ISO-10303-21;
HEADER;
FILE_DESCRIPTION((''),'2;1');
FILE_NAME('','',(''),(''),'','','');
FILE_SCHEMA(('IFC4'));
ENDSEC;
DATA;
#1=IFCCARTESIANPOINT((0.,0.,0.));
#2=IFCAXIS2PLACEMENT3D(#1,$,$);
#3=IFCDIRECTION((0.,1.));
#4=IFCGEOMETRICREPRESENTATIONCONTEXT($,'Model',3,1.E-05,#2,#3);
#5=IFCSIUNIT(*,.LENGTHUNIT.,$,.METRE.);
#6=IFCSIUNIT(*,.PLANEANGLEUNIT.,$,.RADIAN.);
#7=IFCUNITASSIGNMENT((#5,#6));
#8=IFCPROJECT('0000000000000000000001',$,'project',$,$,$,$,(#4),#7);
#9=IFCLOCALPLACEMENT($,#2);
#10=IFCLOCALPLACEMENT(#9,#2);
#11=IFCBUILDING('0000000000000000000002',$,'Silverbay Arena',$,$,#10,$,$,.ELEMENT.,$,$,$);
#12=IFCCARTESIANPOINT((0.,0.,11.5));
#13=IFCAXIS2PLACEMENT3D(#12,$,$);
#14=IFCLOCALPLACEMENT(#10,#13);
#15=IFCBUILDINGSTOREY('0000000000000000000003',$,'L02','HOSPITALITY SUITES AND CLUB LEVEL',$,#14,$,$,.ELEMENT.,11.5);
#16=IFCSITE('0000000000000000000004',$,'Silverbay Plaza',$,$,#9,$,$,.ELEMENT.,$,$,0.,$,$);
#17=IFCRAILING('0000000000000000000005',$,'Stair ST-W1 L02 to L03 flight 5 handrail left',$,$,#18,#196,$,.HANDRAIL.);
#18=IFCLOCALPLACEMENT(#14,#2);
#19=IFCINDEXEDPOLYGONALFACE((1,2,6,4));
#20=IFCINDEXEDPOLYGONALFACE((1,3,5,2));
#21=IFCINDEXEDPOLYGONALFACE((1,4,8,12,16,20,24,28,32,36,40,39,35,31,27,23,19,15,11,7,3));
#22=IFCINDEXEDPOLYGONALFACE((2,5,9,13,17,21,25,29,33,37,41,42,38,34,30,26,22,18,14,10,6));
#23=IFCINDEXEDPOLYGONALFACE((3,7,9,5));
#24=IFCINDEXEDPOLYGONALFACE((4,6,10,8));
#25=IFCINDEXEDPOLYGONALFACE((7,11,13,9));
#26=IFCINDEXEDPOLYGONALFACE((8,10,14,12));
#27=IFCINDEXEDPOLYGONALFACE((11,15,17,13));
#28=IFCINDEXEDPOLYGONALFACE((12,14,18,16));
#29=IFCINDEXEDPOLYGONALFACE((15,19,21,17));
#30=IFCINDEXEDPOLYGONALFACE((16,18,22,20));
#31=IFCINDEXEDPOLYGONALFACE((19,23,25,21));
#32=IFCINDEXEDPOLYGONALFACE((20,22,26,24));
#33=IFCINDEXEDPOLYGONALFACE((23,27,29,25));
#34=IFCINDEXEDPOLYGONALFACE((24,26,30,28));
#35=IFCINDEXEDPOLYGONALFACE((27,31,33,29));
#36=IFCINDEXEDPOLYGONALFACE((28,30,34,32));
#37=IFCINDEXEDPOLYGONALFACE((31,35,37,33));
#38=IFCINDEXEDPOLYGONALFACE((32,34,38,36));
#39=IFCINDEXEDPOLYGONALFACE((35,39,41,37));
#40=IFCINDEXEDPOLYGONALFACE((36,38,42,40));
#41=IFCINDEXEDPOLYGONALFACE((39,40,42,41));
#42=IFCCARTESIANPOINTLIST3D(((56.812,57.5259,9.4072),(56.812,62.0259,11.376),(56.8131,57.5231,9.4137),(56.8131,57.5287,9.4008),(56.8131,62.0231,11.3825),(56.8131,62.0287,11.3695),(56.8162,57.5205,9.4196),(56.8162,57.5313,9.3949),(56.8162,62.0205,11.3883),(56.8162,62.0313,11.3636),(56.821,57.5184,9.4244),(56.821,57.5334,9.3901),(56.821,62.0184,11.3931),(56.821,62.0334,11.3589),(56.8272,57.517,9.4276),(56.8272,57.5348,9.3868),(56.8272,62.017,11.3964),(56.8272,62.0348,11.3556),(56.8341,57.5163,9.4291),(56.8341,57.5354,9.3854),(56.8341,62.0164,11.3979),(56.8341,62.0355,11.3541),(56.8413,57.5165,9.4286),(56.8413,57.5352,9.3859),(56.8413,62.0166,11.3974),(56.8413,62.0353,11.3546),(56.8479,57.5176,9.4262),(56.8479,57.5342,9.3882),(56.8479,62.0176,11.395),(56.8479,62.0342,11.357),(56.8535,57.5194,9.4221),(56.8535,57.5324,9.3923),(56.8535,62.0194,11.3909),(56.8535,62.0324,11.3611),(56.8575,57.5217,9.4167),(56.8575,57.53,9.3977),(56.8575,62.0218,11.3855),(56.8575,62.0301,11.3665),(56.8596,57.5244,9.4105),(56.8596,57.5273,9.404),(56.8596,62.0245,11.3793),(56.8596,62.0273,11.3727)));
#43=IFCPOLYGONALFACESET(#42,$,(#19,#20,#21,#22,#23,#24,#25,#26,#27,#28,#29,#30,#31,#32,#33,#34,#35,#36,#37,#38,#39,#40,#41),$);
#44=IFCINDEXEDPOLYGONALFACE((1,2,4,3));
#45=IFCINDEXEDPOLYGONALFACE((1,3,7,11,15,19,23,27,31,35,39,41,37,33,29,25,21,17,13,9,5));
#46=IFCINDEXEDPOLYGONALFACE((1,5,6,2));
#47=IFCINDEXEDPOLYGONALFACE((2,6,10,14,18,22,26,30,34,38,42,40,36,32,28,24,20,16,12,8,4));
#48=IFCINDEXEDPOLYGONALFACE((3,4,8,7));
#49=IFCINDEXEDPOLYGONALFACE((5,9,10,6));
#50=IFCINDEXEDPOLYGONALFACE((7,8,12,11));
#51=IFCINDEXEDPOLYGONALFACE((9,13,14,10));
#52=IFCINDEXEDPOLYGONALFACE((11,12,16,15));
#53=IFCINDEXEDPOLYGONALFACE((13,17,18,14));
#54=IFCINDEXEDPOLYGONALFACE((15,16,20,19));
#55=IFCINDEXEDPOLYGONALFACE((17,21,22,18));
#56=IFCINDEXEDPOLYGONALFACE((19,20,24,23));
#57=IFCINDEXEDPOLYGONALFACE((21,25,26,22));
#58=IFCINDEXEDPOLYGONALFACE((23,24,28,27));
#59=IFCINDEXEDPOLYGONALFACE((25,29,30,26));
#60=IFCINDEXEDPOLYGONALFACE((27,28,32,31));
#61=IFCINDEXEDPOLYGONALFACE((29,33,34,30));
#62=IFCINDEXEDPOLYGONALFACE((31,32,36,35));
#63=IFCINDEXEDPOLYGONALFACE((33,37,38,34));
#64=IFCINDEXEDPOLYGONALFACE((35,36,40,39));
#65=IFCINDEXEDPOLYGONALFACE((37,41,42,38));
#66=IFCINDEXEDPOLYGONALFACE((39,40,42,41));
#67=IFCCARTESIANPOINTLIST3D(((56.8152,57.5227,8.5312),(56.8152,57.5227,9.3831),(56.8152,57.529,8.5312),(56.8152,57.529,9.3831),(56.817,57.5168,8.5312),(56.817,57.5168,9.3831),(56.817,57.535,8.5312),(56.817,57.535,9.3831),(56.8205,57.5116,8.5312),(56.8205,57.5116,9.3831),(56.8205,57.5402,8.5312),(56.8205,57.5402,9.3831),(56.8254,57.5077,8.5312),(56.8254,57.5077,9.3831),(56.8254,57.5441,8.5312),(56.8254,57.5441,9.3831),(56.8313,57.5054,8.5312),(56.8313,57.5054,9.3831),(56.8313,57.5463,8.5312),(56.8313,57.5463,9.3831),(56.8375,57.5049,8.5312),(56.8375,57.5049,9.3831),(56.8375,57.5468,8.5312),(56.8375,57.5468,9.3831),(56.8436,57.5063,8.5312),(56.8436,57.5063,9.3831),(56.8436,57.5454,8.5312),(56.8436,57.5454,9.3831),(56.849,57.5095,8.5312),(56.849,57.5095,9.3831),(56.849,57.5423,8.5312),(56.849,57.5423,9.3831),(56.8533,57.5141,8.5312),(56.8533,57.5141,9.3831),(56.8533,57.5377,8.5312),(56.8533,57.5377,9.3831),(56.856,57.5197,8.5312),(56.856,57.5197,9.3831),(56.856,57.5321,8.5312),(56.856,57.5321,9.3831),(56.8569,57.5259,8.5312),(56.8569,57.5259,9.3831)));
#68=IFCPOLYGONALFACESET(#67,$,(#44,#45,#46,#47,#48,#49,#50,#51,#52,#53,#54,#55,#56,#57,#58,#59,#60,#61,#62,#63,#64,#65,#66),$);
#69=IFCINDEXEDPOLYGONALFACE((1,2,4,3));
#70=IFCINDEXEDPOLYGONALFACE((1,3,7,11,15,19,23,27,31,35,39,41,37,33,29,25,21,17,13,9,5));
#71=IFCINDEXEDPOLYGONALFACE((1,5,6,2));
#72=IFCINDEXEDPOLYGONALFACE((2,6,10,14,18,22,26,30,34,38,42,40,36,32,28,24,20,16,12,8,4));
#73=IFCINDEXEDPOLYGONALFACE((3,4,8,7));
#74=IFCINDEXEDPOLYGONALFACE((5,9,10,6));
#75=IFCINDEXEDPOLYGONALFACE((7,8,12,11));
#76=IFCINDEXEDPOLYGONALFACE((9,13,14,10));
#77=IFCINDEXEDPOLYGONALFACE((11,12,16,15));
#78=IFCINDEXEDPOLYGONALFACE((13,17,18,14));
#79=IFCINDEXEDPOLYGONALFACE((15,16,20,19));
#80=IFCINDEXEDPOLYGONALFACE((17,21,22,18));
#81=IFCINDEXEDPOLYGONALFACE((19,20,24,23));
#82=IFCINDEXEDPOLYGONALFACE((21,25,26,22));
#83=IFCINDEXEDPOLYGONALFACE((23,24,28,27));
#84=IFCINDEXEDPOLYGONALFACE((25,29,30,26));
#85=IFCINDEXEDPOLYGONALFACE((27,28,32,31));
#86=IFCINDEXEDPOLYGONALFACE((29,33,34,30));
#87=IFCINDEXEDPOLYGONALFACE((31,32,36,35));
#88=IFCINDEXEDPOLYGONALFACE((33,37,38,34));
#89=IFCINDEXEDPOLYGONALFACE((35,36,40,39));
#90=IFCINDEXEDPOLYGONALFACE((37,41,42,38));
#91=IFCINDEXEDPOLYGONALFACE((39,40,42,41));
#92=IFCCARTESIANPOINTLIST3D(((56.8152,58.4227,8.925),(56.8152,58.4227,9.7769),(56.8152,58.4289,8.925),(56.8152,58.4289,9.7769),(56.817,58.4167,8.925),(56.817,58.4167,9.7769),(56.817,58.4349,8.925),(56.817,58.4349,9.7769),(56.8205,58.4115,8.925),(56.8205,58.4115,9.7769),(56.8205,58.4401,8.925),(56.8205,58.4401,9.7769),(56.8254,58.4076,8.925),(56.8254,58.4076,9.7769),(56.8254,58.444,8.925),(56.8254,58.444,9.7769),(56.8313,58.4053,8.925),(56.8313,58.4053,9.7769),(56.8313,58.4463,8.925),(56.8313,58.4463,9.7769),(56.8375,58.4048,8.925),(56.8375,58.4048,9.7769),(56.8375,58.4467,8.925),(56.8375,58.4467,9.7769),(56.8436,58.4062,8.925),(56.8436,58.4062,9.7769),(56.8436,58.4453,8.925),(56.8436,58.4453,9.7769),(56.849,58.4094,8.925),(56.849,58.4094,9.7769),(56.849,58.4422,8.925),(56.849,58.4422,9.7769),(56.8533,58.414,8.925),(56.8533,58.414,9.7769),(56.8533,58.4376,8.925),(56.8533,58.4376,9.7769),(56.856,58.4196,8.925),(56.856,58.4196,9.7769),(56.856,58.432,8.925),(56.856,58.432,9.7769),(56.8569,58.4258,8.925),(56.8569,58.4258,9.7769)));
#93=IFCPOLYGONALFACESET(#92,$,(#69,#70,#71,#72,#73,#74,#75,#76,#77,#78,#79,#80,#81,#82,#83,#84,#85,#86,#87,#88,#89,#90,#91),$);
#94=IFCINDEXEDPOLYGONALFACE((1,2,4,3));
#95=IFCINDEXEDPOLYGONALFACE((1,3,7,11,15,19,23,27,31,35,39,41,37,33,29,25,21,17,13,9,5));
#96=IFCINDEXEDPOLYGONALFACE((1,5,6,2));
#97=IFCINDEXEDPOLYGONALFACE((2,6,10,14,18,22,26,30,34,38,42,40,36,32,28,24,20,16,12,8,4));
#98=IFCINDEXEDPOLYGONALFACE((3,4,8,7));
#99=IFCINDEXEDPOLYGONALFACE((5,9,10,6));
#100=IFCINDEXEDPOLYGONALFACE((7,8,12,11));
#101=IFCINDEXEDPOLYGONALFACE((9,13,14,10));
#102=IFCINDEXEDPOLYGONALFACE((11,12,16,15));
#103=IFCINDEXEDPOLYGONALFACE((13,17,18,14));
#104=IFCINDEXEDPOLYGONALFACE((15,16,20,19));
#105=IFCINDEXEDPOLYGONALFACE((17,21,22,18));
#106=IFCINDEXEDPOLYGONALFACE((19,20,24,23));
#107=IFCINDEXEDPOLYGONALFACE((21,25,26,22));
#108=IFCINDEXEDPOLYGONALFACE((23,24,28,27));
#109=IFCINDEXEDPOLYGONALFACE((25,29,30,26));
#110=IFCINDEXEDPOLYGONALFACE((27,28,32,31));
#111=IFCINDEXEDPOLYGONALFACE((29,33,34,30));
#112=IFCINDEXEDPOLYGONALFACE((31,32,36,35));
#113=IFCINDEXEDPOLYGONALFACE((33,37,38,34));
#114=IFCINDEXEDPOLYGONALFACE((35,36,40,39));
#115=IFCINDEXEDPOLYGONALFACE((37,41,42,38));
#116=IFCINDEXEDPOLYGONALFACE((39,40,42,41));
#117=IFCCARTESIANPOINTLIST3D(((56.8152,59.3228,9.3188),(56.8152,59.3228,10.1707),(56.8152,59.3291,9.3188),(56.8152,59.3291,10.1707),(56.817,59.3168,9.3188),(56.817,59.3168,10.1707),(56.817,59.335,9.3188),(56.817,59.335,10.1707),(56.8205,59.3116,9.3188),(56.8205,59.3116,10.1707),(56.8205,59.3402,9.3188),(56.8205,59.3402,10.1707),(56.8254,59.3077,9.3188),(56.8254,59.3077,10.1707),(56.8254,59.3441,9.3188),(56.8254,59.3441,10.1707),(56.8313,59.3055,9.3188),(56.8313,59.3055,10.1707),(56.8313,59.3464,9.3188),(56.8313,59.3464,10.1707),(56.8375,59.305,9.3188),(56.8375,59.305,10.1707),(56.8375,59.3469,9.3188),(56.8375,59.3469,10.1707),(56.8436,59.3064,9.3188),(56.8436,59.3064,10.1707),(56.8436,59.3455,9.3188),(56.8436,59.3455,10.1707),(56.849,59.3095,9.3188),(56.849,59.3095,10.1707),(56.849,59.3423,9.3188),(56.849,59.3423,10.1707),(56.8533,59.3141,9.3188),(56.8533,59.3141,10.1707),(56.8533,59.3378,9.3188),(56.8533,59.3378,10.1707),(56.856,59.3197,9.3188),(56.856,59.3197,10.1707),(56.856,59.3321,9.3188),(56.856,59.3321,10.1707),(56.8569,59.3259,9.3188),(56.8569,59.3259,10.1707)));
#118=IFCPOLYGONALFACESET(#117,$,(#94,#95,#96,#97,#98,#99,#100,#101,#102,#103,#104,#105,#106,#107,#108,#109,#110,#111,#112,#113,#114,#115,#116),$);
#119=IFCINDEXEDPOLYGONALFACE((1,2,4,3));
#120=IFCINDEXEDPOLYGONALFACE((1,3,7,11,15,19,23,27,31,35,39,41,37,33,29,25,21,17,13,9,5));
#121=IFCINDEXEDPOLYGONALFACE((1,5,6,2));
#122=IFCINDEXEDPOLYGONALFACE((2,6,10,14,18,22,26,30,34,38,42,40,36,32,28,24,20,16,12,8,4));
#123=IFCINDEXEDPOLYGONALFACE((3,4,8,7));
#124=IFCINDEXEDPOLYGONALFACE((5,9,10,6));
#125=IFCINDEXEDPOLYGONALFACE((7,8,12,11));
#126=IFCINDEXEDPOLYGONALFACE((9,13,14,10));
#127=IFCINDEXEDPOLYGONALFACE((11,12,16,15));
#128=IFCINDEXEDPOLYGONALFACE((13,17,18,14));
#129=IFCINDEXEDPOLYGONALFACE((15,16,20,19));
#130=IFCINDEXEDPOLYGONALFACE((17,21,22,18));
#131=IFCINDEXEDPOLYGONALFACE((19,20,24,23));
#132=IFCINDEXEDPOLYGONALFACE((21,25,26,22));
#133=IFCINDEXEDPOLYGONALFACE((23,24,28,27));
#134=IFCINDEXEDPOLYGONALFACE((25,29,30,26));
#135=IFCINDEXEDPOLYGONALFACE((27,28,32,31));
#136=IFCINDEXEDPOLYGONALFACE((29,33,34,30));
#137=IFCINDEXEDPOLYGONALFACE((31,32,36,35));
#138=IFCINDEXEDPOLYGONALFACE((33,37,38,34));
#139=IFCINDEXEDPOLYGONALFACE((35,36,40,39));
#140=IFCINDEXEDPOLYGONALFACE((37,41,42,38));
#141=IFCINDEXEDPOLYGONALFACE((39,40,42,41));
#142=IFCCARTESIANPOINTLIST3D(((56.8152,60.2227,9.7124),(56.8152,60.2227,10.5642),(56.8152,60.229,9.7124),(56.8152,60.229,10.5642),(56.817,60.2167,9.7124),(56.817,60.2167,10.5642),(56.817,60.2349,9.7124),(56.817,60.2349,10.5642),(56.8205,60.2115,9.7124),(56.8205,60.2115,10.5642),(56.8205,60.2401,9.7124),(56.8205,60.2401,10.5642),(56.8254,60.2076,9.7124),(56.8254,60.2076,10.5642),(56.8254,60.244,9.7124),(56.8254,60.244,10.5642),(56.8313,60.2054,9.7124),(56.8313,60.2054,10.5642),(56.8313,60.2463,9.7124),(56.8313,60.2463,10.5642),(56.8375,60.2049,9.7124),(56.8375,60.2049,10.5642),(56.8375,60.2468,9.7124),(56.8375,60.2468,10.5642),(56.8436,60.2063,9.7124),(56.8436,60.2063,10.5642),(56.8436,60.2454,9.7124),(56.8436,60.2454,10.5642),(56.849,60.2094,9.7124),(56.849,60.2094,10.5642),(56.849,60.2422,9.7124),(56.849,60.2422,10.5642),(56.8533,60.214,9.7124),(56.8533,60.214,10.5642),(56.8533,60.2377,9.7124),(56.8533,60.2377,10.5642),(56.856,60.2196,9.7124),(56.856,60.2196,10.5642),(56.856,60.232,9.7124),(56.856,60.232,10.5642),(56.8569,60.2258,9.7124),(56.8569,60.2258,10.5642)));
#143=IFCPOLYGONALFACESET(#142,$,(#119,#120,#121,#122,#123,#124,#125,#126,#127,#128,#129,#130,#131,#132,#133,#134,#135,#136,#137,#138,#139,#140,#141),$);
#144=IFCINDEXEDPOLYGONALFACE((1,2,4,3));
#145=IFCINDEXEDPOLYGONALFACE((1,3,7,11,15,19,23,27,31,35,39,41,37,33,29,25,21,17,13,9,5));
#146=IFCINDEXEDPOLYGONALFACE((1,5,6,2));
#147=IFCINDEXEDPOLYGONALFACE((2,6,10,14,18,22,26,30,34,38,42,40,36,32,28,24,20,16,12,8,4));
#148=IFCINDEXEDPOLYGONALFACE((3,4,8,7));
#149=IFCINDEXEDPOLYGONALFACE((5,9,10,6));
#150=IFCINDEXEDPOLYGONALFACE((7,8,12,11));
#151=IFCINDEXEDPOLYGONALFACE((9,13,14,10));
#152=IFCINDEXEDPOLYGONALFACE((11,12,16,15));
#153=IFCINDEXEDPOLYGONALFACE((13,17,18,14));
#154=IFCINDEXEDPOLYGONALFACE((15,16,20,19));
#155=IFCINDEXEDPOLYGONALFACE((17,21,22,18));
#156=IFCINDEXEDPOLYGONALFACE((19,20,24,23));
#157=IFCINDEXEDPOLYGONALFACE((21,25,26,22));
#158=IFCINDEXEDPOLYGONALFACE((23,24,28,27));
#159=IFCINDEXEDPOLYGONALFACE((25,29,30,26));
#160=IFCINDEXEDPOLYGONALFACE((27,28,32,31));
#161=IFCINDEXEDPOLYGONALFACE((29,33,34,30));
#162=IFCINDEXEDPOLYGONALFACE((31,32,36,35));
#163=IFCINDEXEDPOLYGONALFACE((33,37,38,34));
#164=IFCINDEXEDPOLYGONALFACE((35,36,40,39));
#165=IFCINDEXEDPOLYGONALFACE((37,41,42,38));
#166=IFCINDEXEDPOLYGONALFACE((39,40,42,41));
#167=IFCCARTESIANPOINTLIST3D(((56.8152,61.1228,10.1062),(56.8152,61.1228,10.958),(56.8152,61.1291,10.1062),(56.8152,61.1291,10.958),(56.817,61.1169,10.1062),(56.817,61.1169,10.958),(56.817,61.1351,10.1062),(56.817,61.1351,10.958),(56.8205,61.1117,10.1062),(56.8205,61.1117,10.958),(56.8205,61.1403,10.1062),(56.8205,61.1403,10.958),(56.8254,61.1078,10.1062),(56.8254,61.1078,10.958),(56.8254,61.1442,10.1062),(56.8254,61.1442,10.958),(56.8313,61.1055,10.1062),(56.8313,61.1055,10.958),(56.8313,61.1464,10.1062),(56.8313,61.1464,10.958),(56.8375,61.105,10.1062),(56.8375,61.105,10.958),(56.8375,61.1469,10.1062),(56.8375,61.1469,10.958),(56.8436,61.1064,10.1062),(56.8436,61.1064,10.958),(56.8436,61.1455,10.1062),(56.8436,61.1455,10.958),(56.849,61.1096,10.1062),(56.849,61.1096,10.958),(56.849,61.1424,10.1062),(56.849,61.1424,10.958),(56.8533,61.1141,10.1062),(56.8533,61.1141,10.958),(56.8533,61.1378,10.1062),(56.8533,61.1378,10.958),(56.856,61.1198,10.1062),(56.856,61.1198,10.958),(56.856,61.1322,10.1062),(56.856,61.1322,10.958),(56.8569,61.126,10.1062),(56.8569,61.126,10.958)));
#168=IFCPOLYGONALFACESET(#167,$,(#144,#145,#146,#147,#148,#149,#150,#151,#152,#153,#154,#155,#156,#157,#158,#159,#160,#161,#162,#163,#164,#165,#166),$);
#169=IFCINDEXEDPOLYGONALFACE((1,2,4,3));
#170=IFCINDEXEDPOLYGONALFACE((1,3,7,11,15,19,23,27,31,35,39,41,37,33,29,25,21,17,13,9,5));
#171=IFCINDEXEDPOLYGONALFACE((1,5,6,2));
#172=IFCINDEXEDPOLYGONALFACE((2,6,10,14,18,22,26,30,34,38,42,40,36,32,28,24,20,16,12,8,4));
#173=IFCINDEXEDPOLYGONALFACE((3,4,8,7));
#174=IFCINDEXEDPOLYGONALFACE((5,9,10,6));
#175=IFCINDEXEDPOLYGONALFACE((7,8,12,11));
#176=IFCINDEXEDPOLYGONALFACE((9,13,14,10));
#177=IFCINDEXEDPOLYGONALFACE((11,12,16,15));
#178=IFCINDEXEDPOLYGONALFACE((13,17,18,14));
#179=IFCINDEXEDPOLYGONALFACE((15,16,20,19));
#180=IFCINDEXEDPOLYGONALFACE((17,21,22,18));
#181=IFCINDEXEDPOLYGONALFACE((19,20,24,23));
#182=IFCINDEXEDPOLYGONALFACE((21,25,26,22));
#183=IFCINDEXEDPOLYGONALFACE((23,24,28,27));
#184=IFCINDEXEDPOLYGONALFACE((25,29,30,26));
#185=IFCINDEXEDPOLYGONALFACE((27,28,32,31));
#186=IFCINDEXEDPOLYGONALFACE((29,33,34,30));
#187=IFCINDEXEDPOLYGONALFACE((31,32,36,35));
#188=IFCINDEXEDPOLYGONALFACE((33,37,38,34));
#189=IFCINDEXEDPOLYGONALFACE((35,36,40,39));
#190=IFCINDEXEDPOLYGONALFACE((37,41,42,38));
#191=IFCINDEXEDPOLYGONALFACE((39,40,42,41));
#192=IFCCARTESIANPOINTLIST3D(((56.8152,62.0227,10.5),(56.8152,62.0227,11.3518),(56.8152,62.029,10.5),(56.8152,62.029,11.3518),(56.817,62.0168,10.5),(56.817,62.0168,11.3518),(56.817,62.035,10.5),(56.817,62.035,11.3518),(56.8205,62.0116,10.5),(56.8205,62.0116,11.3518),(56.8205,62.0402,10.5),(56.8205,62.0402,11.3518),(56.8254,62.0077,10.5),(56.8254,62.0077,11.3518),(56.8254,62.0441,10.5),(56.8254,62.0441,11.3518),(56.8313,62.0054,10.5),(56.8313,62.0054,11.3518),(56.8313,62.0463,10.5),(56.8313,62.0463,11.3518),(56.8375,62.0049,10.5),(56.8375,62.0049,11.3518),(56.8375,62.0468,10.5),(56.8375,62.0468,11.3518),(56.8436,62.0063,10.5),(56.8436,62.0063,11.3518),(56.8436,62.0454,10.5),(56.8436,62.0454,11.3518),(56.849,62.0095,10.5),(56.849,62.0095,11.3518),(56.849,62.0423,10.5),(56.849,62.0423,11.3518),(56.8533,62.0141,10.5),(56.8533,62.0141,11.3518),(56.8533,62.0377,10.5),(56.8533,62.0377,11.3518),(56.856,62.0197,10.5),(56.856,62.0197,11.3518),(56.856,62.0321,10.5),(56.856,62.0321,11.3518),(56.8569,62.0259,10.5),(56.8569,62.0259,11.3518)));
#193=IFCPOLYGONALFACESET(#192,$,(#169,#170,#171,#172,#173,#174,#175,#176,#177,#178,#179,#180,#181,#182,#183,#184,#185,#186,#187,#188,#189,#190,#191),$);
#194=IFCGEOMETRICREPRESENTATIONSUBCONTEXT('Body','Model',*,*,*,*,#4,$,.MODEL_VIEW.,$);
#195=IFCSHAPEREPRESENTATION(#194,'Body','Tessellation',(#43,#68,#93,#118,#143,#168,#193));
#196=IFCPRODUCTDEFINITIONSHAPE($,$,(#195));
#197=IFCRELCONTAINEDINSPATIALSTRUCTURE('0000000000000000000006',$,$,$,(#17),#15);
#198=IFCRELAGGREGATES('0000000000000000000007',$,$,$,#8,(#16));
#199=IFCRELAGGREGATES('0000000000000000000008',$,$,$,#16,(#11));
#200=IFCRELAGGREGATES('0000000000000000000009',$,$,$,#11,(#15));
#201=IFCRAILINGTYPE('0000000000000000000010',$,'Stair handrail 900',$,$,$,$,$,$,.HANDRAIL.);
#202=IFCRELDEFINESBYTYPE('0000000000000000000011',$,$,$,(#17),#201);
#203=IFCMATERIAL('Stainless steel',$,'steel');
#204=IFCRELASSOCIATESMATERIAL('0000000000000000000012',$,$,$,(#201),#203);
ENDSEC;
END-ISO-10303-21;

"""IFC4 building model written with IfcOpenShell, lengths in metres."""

from ifc_helpers import new_model, si_unit, direction, frame, origin, origin_2d, place, context, subcontext, project, spatial, circle, extrude, material, type_object, element, save


model = new_model("IFC4")

# Units and contexts
model_context = context("Model", 3, precision=1e-05, world=origin(), true_north=direction((0.0, 1.0)))
body_context = subcontext(model_context, "Body", "Model", "MODEL_VIEW")
ifc_project = project(units=[si_unit("LENGTHUNIT", "METRE"), si_unit("PLANEANGLEUNIT", "RADIAN")], contexts=[model_context])

# Site, building, storey
site_placement = place(None, origin())
site = spatial("IfcSite", under=ifc_project, at=site_placement, Name="Silverbay Plaza", CompositionType="ELEMENT", RefElevation=0.0)
building_placement = place(site_placement, origin())
building = spatial("IfcBuilding", under=site, at=building_placement, Name="Silverbay Arena", CompositionType="ELEMENT")
storey_placement = place(building_placement, frame((0.0, 0.0, 11.5)))
storey = spatial("IfcBuildingStorey", under=building, at=storey_placement, Name="L02", Description="HOSPITALITY SUITES AND CLUB LEVEL", CompositionType="ELEMENT", Elevation=11.5)

# Railing
ifc_material_1 = material(Name="Stainless steel", Category="steel")
railing_type_1 = type_object("IfcRailingType", Name="Stair handrail 900", PredefinedType="HANDRAIL", material=ifc_material_1)
for number, where, name in (
    (1, (56.8359, 57.5259, 8.5312), "Stair ST-W1 L02 to L03 flight 5 handrail left"),
):
    element("IfcRailing", number, at=place(storey_placement, frame(where)), inside=storey, type_object=railing_type_1, Name=name, PredefinedType="HANDRAIL", context=body_context, shape_type="SweptSolid", body=[
        extrude(circle(Radius=0.0239, at=origin_2d()), frame((0.0, 0.0, 0.876), z_axis=(0.0, 0.916157, 0.400819), x_axis=(-1.0, 0.0, 0.0)), (0.0, 0.0, 1.0), 4.9119),
        extrude(circle(Radius=0.021, at=origin_2d()), origin(), (0.0, 0.0, 1.0), 0.8518),
        extrude(circle(Radius=0.021, at=origin_2d()), frame((0.0, 0.8999, 0.3938)), (0.0, 0.0, 1.0), 0.8518),
        extrude(circle(Radius=0.021, at=origin_2d()), frame((0.0, 1.8, 0.7876)), (0.0, 0.0, 1.0), 0.8518),
        extrude(circle(Radius=0.021, at=origin_2d()), frame((0.0, 2.7, 1.1812)), (0.0, 0.0, 1.0), 0.8518),
        extrude(circle(Radius=0.021, at=origin_2d()), frame((0.0, 3.6001, 1.575)), (0.0, 0.0, 1.0), 0.8518),
        extrude(circle(Radius=0.021, at=origin_2d()), frame((0.0, 4.5, 1.9688)), (0.0, 0.0, 1.0), 0.8518),
    ])

save(model, "model.ifc")
